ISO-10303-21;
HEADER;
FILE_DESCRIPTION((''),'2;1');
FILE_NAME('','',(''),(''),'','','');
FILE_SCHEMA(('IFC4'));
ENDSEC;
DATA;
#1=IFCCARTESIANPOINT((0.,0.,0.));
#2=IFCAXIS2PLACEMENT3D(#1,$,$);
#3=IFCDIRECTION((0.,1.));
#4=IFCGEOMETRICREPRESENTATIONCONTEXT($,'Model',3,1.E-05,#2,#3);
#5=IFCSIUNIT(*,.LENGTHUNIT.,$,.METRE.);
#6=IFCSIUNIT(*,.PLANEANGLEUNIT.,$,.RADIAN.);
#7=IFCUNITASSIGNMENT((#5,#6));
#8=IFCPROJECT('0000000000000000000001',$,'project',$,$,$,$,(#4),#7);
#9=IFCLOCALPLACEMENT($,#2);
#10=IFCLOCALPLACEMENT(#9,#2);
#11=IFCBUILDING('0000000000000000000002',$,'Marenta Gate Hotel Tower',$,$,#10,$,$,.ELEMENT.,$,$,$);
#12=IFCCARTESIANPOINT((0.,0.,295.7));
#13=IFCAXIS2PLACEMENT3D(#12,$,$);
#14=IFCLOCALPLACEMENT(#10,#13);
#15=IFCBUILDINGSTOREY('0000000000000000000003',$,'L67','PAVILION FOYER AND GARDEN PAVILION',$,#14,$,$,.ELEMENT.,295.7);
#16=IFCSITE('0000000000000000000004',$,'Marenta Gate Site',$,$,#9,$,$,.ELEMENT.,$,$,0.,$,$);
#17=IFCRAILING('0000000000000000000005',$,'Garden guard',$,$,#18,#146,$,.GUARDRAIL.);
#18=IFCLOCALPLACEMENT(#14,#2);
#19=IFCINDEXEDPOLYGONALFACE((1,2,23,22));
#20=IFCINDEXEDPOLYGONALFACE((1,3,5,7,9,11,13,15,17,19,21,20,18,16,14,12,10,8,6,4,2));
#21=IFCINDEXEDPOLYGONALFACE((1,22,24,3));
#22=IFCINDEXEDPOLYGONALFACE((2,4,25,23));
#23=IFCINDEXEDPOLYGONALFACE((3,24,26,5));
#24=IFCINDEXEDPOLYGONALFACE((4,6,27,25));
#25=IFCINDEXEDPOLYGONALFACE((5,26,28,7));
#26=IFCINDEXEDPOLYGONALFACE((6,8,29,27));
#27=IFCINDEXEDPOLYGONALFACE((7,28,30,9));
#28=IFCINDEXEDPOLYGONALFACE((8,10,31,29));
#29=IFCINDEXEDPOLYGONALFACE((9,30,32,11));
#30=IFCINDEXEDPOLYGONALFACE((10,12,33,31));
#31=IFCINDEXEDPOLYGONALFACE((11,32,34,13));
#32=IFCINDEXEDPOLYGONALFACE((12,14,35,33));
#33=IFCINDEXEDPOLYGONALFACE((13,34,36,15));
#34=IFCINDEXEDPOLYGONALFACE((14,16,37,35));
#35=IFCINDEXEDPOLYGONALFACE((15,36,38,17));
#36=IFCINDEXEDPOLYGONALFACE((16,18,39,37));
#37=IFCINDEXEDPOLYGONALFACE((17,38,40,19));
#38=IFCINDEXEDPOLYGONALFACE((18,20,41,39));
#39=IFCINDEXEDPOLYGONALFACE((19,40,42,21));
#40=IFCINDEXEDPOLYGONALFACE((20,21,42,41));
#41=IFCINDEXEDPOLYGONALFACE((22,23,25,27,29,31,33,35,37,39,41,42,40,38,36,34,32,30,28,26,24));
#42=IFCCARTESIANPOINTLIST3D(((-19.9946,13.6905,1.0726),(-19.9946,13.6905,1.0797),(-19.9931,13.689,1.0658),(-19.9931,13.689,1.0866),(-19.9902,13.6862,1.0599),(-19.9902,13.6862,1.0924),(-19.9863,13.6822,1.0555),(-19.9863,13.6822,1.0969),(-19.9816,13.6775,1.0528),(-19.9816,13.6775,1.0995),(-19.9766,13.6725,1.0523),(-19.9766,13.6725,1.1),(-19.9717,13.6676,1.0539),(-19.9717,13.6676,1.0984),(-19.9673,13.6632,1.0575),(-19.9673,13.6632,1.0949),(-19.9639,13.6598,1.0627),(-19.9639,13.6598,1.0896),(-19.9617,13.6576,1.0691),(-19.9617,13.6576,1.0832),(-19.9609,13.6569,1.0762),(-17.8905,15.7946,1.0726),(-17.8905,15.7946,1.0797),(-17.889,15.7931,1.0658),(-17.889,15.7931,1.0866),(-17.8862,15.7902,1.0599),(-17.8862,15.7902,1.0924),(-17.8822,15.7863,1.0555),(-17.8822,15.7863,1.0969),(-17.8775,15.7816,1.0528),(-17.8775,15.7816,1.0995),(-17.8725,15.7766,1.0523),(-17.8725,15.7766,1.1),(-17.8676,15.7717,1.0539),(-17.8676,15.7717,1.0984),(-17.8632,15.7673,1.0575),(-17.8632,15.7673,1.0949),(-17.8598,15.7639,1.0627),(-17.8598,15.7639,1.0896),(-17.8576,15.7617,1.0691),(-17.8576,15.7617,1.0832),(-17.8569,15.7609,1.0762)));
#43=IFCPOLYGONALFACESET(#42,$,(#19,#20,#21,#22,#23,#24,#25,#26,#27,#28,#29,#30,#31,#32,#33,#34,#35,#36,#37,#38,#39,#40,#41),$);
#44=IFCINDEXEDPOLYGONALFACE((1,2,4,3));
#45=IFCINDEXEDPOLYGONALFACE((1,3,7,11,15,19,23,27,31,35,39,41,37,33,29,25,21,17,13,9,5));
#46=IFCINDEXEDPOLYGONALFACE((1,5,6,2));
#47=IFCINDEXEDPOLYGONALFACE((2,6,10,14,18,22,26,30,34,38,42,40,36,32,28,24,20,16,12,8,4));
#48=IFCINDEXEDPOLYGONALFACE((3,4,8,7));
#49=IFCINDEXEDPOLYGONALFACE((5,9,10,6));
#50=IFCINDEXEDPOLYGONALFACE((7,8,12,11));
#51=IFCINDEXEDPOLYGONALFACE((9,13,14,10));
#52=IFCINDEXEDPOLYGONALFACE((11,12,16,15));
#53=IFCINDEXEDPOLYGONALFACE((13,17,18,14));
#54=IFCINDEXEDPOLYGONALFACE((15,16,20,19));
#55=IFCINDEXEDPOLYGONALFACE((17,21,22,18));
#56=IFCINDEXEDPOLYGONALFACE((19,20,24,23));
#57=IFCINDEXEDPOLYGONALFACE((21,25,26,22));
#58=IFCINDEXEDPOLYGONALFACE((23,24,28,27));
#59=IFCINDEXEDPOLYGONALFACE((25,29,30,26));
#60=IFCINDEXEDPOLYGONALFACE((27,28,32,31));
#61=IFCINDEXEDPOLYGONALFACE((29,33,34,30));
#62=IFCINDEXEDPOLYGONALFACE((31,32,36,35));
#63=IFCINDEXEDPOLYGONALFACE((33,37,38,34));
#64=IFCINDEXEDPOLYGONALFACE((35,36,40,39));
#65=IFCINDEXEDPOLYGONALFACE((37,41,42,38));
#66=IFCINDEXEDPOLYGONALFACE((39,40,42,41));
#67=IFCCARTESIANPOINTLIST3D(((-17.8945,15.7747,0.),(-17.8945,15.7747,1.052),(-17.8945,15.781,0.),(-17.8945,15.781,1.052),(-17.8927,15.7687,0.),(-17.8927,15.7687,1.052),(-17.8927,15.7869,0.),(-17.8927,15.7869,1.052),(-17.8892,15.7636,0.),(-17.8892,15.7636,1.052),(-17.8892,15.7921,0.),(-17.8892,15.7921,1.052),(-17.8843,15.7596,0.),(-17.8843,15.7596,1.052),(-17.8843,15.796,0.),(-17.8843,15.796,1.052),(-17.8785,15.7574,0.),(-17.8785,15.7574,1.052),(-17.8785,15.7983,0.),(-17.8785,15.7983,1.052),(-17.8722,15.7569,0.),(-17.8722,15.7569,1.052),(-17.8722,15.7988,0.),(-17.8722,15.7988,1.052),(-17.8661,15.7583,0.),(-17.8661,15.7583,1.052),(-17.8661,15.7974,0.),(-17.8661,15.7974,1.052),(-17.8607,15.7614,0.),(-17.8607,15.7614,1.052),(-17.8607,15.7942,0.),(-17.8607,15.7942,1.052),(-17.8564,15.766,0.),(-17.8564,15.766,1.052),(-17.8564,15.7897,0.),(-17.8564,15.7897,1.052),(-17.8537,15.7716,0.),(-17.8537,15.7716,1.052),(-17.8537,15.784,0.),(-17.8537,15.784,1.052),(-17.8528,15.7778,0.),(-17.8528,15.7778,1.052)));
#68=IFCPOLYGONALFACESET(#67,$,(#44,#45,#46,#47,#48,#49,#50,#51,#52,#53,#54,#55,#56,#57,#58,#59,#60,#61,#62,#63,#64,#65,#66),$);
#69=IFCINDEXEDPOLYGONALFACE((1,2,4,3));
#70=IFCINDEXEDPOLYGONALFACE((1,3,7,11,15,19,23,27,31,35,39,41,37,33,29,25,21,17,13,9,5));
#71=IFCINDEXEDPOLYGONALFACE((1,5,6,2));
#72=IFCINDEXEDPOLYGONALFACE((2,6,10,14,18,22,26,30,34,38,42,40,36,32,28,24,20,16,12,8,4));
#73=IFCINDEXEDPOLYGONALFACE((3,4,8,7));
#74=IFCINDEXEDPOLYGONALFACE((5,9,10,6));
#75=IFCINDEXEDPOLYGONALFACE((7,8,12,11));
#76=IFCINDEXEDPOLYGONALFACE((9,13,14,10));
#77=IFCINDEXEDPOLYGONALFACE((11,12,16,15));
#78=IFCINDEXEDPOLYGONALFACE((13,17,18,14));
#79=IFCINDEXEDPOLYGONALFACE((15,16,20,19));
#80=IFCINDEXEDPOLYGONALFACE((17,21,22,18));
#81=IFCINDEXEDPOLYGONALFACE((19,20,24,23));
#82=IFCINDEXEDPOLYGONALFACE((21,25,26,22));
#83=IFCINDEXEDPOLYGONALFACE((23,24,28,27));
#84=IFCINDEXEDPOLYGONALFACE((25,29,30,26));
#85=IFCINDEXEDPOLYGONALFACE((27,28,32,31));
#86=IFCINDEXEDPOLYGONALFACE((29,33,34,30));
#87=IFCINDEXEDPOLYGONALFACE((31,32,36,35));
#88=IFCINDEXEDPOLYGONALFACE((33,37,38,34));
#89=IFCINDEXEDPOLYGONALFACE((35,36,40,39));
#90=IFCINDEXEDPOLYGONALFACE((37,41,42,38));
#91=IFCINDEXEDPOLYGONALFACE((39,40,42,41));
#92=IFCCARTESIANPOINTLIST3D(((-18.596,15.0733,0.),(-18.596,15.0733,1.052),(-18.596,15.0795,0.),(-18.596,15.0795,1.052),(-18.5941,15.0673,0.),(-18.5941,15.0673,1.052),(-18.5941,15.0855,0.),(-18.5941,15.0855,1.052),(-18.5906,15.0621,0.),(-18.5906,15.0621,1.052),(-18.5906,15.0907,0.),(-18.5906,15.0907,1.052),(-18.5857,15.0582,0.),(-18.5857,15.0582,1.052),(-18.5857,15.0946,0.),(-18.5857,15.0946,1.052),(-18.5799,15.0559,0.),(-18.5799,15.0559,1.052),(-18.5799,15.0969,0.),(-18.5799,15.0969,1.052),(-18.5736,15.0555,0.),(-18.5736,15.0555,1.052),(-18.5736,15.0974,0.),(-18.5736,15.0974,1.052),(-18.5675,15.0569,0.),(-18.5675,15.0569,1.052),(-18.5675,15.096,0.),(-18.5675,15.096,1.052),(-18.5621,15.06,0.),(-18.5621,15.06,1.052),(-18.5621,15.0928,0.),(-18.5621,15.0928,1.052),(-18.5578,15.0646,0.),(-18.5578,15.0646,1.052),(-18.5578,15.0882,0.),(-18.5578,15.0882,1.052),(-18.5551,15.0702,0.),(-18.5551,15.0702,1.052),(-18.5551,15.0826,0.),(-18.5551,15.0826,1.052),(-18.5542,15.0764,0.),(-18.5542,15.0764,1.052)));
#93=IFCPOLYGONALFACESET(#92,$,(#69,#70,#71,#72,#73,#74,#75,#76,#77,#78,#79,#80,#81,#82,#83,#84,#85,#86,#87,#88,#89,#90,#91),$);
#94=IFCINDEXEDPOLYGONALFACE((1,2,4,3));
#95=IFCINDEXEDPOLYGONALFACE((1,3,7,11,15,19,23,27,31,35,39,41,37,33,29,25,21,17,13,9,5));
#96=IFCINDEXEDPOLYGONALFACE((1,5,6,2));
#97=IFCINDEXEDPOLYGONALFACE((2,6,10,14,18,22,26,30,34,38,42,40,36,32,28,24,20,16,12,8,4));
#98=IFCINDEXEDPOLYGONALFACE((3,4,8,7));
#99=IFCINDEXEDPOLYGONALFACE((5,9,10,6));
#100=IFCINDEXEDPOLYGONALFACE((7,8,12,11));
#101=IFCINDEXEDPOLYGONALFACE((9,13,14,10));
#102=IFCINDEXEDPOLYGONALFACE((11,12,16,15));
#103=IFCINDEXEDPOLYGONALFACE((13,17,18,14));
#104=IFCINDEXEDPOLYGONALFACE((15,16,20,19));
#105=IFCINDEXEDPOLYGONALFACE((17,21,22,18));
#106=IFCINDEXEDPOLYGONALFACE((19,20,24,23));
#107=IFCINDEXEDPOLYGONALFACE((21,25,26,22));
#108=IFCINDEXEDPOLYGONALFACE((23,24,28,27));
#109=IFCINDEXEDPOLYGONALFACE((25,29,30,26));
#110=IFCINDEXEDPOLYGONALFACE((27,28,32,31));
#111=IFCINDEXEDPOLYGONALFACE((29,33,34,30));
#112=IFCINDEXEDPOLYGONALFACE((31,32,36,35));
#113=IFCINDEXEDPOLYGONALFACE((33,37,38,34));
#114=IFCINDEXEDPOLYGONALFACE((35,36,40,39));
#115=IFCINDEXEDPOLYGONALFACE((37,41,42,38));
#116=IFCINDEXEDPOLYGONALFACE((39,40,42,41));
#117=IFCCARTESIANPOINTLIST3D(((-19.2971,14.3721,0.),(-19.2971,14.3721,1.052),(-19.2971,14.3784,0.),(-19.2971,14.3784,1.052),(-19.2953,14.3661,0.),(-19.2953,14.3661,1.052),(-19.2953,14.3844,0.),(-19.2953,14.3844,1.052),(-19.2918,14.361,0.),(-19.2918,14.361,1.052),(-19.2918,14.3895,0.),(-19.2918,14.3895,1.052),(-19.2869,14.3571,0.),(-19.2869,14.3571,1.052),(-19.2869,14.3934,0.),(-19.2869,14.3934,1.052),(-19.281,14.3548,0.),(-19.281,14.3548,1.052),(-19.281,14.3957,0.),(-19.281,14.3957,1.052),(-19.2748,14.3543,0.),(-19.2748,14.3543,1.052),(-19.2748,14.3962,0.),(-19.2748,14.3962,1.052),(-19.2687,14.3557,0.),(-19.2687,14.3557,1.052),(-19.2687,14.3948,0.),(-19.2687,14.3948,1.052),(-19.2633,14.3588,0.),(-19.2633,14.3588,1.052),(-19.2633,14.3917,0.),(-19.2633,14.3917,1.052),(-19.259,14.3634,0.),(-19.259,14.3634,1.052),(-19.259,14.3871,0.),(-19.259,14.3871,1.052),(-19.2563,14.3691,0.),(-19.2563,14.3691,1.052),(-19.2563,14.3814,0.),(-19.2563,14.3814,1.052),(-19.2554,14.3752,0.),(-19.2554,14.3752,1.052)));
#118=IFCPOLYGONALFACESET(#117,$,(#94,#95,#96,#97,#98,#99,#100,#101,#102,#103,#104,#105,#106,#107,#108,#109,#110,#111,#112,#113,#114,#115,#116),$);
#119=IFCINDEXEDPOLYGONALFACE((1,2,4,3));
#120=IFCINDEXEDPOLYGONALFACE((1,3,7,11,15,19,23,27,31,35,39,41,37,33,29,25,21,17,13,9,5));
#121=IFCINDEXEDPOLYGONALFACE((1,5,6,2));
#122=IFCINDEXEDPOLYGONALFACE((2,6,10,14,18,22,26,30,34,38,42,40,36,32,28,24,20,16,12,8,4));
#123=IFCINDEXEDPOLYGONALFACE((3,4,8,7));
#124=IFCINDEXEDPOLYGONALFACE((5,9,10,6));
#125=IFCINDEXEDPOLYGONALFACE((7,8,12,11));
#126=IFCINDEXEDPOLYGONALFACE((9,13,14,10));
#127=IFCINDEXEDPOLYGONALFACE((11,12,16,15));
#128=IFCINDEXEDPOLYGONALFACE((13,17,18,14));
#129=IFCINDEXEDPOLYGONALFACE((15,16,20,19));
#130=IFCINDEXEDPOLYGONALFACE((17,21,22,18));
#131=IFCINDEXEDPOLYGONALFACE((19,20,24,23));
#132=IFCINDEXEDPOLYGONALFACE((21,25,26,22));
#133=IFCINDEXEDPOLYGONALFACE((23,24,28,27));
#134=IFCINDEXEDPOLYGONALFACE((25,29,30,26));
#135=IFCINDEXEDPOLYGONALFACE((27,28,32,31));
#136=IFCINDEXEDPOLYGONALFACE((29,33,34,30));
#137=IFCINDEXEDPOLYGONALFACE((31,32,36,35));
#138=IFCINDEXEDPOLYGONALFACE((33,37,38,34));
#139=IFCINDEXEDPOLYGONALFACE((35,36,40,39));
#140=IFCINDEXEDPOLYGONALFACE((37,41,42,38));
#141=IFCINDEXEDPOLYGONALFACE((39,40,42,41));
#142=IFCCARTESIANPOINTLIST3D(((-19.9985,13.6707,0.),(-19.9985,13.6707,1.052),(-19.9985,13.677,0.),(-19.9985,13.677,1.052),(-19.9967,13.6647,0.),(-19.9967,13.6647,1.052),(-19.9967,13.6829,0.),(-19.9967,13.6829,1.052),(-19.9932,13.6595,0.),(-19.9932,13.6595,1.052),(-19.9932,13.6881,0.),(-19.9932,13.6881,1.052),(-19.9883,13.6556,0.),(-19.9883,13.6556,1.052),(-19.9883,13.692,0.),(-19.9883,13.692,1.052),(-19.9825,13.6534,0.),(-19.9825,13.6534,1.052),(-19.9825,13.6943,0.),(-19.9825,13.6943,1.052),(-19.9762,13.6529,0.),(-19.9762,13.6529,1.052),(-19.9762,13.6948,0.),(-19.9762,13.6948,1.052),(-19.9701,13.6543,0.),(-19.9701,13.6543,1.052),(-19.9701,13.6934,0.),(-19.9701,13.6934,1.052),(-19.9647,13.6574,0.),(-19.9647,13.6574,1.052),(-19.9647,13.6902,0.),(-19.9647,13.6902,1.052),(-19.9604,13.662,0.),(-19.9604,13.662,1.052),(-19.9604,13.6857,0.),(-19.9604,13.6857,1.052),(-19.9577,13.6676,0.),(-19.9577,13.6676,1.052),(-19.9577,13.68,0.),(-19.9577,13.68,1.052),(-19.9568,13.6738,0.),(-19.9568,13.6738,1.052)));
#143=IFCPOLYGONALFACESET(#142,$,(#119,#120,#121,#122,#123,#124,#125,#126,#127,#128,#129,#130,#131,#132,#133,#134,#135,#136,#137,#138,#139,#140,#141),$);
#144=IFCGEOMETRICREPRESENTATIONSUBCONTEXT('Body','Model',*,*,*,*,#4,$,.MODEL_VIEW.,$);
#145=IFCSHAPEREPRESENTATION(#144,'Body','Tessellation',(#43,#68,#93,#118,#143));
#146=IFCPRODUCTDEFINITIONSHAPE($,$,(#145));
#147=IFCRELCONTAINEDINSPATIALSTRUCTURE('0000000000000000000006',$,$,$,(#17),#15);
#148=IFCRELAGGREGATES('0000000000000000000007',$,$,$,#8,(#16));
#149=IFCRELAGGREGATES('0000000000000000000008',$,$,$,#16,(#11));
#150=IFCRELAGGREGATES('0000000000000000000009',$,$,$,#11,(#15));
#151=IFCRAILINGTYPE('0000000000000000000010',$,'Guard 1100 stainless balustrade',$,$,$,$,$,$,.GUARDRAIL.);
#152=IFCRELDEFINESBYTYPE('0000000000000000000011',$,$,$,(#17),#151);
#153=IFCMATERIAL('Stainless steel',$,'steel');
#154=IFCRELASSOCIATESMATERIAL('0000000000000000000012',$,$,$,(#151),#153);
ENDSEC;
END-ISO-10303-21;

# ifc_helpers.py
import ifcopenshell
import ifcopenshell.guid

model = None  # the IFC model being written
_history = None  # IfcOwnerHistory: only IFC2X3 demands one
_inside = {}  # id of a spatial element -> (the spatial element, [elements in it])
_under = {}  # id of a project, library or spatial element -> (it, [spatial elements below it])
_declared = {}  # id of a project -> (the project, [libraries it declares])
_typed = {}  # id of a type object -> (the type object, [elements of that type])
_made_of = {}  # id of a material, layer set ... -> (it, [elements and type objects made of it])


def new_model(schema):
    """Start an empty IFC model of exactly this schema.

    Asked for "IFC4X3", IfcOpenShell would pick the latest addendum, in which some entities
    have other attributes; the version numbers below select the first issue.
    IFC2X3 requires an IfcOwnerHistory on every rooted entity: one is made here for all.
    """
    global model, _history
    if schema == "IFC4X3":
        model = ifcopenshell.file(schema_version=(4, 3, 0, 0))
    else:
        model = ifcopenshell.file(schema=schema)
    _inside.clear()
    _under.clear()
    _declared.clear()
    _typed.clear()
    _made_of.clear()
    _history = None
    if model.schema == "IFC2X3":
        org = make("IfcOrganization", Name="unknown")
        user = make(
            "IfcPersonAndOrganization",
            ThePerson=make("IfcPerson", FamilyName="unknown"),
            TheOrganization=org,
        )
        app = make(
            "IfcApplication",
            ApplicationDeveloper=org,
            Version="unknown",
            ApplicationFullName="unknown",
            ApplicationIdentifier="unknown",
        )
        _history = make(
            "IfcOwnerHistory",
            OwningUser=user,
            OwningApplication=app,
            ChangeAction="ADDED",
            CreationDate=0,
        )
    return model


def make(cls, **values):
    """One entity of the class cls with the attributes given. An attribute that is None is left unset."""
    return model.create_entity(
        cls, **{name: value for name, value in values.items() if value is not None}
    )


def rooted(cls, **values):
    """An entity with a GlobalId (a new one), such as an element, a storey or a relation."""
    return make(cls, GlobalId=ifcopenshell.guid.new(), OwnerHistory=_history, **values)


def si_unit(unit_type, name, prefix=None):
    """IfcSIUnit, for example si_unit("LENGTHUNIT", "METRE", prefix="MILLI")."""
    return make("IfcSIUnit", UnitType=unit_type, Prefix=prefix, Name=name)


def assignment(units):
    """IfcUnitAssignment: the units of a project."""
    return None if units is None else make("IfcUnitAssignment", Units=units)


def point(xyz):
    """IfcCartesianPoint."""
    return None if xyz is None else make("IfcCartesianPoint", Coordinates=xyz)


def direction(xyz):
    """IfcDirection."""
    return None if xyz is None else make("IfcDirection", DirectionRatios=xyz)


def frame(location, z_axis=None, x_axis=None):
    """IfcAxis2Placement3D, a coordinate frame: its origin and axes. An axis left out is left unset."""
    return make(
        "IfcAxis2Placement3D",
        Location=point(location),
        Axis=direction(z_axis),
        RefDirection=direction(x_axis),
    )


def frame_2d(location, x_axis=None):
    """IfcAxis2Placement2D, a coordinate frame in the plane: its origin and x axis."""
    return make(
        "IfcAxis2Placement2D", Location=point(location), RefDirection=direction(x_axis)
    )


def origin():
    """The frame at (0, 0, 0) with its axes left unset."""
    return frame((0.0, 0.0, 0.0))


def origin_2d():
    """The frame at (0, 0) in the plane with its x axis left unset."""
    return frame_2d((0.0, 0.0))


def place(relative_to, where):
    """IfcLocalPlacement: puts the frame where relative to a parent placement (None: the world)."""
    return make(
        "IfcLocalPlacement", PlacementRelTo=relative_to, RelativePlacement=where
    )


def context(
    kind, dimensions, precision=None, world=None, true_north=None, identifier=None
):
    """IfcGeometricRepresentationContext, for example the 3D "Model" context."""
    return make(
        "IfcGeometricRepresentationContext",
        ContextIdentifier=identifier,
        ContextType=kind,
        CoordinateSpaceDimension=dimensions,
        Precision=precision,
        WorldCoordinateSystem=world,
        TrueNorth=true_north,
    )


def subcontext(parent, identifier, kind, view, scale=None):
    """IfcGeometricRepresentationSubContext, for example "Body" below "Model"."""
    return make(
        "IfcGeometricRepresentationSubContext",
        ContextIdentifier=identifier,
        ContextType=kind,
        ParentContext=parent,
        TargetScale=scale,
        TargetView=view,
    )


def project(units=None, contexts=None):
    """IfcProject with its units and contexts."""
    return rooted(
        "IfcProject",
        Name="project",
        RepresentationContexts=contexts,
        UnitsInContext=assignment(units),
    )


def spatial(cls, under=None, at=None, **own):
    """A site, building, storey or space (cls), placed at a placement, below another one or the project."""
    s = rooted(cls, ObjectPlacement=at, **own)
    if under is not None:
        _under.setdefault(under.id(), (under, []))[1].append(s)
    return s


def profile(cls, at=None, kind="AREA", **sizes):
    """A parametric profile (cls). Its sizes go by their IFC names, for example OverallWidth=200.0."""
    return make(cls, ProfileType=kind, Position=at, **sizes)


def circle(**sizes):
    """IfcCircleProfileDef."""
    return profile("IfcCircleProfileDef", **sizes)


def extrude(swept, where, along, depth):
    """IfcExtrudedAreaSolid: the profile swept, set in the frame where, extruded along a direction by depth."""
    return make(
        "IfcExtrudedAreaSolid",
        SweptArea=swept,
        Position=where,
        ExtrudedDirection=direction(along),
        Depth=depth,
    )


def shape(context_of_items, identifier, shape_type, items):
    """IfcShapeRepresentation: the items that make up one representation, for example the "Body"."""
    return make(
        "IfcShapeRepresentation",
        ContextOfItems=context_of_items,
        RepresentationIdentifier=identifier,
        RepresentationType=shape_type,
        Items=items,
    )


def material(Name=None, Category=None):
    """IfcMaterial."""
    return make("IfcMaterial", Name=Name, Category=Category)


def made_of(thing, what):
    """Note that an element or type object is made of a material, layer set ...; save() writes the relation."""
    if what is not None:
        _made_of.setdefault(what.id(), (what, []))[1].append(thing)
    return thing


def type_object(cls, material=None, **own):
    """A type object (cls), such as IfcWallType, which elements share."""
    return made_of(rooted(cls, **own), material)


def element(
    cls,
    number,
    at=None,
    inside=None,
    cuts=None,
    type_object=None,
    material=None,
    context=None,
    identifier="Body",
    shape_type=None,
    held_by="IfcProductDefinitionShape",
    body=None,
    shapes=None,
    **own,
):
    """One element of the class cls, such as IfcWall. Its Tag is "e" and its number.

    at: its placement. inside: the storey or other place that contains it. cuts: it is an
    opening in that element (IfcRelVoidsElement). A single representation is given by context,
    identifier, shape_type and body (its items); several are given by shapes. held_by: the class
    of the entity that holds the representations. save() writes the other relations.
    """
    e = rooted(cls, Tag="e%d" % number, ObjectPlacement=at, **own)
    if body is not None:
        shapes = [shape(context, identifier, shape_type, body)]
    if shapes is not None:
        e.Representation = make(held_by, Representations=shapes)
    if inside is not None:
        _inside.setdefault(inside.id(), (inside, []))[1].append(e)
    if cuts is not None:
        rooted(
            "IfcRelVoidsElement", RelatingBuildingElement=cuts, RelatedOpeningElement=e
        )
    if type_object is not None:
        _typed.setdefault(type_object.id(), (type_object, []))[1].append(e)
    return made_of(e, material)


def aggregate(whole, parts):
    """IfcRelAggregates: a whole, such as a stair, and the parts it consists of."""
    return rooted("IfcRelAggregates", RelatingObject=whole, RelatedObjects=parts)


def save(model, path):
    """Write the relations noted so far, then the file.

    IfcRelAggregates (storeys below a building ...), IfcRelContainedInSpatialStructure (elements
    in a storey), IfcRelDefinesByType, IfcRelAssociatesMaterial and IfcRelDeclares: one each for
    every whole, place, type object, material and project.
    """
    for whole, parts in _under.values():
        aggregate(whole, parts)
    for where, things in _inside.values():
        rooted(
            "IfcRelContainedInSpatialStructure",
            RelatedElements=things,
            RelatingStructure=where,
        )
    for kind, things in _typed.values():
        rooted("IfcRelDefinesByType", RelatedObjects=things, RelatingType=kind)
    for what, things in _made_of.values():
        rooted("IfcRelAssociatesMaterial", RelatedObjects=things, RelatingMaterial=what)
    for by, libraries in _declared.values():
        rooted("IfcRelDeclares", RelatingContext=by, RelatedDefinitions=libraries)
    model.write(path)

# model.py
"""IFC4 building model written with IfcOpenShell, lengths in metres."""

from ifc_helpers import new_model, si_unit, direction, frame, origin, origin_2d, place, context, subcontext, project, spatial, circle, extrude, material, type_object, element, save


model = new_model("IFC4")

# Units and contexts
model_context = context("Model", 3, precision=1e-05, world=origin(), true_north=direction((0.0, 1.0)))
body_context = subcontext(model_context, "Body", "Model", "MODEL_VIEW")
ifc_project = project(units=[si_unit("LENGTHUNIT", "METRE"), si_unit("PLANEANGLEUNIT", "RADIAN")], contexts=[model_context])

# Site, building, storey
site_placement = place(None, origin())
site = spatial("IfcSite", under=ifc_project, at=site_placement, Name="Marenta Gate Site", CompositionType="ELEMENT", RefElevation=0.0)
building_placement = place(site_placement, origin())
building = spatial("IfcBuilding", under=site, at=building_placement, Name="Marenta Gate Hotel Tower", CompositionType="ELEMENT")
storey_placement = place(building_placement, frame((0.0, 0.0, 295.7)))
storey = spatial("IfcBuildingStorey", under=building, at=storey_placement, Name="L67", Description="PAVILION FOYER AND GARDEN PAVILION", CompositionType="ELEMENT", Elevation=295.7)

# Railing
ifc_material_1 = material(Name="Stainless steel", Category="steel")
railing_type_1 = type_object("IfcRailingType", Name="Guard 1100 stainless balustrade", PredefinedType="GUARDRAIL", material=ifc_material_1)
railing_1_placement = place(storey_placement, frame((-17.8738, 15.7778, 0.0)))
element("IfcRailing", 1, at=railing_1_placement, inside=storey, type_object=railing_type_1, Name="Garden guard", PredefinedType="GUARDRAIL", context=body_context, shape_type="SweptSolid", body=[
    extrude(circle(Radius=0.0239, at=origin_2d()), frame((0.0, 0.0, 1.0762), z_axis=(-0.707107, -0.707107, 0.0), x_axis=(0.707107, -0.707107, 0.0)), (0.0, 0.0, 1.0), 2.9756),
    extrude(circle(Radius=0.021, at=origin_2d()), origin(), (0.0, 0.0, 1.0), 1.052),
    extrude(circle(Radius=0.021, at=origin_2d()), frame((-0.7014, -0.7014, 0.0)), (0.0, 0.0, 1.0), 1.052),
    extrude(circle(Radius=0.021, at=origin_2d()), frame((-1.4026, -1.4026, 0.0)), (0.0, 0.0, 1.0), 1.052),
    extrude(circle(Radius=0.021, at=origin_2d()), frame((-2.104, -2.104, 0.0)), (0.0, 0.0, 1.0), 1.052),
])

save(model, "model.ifc")
